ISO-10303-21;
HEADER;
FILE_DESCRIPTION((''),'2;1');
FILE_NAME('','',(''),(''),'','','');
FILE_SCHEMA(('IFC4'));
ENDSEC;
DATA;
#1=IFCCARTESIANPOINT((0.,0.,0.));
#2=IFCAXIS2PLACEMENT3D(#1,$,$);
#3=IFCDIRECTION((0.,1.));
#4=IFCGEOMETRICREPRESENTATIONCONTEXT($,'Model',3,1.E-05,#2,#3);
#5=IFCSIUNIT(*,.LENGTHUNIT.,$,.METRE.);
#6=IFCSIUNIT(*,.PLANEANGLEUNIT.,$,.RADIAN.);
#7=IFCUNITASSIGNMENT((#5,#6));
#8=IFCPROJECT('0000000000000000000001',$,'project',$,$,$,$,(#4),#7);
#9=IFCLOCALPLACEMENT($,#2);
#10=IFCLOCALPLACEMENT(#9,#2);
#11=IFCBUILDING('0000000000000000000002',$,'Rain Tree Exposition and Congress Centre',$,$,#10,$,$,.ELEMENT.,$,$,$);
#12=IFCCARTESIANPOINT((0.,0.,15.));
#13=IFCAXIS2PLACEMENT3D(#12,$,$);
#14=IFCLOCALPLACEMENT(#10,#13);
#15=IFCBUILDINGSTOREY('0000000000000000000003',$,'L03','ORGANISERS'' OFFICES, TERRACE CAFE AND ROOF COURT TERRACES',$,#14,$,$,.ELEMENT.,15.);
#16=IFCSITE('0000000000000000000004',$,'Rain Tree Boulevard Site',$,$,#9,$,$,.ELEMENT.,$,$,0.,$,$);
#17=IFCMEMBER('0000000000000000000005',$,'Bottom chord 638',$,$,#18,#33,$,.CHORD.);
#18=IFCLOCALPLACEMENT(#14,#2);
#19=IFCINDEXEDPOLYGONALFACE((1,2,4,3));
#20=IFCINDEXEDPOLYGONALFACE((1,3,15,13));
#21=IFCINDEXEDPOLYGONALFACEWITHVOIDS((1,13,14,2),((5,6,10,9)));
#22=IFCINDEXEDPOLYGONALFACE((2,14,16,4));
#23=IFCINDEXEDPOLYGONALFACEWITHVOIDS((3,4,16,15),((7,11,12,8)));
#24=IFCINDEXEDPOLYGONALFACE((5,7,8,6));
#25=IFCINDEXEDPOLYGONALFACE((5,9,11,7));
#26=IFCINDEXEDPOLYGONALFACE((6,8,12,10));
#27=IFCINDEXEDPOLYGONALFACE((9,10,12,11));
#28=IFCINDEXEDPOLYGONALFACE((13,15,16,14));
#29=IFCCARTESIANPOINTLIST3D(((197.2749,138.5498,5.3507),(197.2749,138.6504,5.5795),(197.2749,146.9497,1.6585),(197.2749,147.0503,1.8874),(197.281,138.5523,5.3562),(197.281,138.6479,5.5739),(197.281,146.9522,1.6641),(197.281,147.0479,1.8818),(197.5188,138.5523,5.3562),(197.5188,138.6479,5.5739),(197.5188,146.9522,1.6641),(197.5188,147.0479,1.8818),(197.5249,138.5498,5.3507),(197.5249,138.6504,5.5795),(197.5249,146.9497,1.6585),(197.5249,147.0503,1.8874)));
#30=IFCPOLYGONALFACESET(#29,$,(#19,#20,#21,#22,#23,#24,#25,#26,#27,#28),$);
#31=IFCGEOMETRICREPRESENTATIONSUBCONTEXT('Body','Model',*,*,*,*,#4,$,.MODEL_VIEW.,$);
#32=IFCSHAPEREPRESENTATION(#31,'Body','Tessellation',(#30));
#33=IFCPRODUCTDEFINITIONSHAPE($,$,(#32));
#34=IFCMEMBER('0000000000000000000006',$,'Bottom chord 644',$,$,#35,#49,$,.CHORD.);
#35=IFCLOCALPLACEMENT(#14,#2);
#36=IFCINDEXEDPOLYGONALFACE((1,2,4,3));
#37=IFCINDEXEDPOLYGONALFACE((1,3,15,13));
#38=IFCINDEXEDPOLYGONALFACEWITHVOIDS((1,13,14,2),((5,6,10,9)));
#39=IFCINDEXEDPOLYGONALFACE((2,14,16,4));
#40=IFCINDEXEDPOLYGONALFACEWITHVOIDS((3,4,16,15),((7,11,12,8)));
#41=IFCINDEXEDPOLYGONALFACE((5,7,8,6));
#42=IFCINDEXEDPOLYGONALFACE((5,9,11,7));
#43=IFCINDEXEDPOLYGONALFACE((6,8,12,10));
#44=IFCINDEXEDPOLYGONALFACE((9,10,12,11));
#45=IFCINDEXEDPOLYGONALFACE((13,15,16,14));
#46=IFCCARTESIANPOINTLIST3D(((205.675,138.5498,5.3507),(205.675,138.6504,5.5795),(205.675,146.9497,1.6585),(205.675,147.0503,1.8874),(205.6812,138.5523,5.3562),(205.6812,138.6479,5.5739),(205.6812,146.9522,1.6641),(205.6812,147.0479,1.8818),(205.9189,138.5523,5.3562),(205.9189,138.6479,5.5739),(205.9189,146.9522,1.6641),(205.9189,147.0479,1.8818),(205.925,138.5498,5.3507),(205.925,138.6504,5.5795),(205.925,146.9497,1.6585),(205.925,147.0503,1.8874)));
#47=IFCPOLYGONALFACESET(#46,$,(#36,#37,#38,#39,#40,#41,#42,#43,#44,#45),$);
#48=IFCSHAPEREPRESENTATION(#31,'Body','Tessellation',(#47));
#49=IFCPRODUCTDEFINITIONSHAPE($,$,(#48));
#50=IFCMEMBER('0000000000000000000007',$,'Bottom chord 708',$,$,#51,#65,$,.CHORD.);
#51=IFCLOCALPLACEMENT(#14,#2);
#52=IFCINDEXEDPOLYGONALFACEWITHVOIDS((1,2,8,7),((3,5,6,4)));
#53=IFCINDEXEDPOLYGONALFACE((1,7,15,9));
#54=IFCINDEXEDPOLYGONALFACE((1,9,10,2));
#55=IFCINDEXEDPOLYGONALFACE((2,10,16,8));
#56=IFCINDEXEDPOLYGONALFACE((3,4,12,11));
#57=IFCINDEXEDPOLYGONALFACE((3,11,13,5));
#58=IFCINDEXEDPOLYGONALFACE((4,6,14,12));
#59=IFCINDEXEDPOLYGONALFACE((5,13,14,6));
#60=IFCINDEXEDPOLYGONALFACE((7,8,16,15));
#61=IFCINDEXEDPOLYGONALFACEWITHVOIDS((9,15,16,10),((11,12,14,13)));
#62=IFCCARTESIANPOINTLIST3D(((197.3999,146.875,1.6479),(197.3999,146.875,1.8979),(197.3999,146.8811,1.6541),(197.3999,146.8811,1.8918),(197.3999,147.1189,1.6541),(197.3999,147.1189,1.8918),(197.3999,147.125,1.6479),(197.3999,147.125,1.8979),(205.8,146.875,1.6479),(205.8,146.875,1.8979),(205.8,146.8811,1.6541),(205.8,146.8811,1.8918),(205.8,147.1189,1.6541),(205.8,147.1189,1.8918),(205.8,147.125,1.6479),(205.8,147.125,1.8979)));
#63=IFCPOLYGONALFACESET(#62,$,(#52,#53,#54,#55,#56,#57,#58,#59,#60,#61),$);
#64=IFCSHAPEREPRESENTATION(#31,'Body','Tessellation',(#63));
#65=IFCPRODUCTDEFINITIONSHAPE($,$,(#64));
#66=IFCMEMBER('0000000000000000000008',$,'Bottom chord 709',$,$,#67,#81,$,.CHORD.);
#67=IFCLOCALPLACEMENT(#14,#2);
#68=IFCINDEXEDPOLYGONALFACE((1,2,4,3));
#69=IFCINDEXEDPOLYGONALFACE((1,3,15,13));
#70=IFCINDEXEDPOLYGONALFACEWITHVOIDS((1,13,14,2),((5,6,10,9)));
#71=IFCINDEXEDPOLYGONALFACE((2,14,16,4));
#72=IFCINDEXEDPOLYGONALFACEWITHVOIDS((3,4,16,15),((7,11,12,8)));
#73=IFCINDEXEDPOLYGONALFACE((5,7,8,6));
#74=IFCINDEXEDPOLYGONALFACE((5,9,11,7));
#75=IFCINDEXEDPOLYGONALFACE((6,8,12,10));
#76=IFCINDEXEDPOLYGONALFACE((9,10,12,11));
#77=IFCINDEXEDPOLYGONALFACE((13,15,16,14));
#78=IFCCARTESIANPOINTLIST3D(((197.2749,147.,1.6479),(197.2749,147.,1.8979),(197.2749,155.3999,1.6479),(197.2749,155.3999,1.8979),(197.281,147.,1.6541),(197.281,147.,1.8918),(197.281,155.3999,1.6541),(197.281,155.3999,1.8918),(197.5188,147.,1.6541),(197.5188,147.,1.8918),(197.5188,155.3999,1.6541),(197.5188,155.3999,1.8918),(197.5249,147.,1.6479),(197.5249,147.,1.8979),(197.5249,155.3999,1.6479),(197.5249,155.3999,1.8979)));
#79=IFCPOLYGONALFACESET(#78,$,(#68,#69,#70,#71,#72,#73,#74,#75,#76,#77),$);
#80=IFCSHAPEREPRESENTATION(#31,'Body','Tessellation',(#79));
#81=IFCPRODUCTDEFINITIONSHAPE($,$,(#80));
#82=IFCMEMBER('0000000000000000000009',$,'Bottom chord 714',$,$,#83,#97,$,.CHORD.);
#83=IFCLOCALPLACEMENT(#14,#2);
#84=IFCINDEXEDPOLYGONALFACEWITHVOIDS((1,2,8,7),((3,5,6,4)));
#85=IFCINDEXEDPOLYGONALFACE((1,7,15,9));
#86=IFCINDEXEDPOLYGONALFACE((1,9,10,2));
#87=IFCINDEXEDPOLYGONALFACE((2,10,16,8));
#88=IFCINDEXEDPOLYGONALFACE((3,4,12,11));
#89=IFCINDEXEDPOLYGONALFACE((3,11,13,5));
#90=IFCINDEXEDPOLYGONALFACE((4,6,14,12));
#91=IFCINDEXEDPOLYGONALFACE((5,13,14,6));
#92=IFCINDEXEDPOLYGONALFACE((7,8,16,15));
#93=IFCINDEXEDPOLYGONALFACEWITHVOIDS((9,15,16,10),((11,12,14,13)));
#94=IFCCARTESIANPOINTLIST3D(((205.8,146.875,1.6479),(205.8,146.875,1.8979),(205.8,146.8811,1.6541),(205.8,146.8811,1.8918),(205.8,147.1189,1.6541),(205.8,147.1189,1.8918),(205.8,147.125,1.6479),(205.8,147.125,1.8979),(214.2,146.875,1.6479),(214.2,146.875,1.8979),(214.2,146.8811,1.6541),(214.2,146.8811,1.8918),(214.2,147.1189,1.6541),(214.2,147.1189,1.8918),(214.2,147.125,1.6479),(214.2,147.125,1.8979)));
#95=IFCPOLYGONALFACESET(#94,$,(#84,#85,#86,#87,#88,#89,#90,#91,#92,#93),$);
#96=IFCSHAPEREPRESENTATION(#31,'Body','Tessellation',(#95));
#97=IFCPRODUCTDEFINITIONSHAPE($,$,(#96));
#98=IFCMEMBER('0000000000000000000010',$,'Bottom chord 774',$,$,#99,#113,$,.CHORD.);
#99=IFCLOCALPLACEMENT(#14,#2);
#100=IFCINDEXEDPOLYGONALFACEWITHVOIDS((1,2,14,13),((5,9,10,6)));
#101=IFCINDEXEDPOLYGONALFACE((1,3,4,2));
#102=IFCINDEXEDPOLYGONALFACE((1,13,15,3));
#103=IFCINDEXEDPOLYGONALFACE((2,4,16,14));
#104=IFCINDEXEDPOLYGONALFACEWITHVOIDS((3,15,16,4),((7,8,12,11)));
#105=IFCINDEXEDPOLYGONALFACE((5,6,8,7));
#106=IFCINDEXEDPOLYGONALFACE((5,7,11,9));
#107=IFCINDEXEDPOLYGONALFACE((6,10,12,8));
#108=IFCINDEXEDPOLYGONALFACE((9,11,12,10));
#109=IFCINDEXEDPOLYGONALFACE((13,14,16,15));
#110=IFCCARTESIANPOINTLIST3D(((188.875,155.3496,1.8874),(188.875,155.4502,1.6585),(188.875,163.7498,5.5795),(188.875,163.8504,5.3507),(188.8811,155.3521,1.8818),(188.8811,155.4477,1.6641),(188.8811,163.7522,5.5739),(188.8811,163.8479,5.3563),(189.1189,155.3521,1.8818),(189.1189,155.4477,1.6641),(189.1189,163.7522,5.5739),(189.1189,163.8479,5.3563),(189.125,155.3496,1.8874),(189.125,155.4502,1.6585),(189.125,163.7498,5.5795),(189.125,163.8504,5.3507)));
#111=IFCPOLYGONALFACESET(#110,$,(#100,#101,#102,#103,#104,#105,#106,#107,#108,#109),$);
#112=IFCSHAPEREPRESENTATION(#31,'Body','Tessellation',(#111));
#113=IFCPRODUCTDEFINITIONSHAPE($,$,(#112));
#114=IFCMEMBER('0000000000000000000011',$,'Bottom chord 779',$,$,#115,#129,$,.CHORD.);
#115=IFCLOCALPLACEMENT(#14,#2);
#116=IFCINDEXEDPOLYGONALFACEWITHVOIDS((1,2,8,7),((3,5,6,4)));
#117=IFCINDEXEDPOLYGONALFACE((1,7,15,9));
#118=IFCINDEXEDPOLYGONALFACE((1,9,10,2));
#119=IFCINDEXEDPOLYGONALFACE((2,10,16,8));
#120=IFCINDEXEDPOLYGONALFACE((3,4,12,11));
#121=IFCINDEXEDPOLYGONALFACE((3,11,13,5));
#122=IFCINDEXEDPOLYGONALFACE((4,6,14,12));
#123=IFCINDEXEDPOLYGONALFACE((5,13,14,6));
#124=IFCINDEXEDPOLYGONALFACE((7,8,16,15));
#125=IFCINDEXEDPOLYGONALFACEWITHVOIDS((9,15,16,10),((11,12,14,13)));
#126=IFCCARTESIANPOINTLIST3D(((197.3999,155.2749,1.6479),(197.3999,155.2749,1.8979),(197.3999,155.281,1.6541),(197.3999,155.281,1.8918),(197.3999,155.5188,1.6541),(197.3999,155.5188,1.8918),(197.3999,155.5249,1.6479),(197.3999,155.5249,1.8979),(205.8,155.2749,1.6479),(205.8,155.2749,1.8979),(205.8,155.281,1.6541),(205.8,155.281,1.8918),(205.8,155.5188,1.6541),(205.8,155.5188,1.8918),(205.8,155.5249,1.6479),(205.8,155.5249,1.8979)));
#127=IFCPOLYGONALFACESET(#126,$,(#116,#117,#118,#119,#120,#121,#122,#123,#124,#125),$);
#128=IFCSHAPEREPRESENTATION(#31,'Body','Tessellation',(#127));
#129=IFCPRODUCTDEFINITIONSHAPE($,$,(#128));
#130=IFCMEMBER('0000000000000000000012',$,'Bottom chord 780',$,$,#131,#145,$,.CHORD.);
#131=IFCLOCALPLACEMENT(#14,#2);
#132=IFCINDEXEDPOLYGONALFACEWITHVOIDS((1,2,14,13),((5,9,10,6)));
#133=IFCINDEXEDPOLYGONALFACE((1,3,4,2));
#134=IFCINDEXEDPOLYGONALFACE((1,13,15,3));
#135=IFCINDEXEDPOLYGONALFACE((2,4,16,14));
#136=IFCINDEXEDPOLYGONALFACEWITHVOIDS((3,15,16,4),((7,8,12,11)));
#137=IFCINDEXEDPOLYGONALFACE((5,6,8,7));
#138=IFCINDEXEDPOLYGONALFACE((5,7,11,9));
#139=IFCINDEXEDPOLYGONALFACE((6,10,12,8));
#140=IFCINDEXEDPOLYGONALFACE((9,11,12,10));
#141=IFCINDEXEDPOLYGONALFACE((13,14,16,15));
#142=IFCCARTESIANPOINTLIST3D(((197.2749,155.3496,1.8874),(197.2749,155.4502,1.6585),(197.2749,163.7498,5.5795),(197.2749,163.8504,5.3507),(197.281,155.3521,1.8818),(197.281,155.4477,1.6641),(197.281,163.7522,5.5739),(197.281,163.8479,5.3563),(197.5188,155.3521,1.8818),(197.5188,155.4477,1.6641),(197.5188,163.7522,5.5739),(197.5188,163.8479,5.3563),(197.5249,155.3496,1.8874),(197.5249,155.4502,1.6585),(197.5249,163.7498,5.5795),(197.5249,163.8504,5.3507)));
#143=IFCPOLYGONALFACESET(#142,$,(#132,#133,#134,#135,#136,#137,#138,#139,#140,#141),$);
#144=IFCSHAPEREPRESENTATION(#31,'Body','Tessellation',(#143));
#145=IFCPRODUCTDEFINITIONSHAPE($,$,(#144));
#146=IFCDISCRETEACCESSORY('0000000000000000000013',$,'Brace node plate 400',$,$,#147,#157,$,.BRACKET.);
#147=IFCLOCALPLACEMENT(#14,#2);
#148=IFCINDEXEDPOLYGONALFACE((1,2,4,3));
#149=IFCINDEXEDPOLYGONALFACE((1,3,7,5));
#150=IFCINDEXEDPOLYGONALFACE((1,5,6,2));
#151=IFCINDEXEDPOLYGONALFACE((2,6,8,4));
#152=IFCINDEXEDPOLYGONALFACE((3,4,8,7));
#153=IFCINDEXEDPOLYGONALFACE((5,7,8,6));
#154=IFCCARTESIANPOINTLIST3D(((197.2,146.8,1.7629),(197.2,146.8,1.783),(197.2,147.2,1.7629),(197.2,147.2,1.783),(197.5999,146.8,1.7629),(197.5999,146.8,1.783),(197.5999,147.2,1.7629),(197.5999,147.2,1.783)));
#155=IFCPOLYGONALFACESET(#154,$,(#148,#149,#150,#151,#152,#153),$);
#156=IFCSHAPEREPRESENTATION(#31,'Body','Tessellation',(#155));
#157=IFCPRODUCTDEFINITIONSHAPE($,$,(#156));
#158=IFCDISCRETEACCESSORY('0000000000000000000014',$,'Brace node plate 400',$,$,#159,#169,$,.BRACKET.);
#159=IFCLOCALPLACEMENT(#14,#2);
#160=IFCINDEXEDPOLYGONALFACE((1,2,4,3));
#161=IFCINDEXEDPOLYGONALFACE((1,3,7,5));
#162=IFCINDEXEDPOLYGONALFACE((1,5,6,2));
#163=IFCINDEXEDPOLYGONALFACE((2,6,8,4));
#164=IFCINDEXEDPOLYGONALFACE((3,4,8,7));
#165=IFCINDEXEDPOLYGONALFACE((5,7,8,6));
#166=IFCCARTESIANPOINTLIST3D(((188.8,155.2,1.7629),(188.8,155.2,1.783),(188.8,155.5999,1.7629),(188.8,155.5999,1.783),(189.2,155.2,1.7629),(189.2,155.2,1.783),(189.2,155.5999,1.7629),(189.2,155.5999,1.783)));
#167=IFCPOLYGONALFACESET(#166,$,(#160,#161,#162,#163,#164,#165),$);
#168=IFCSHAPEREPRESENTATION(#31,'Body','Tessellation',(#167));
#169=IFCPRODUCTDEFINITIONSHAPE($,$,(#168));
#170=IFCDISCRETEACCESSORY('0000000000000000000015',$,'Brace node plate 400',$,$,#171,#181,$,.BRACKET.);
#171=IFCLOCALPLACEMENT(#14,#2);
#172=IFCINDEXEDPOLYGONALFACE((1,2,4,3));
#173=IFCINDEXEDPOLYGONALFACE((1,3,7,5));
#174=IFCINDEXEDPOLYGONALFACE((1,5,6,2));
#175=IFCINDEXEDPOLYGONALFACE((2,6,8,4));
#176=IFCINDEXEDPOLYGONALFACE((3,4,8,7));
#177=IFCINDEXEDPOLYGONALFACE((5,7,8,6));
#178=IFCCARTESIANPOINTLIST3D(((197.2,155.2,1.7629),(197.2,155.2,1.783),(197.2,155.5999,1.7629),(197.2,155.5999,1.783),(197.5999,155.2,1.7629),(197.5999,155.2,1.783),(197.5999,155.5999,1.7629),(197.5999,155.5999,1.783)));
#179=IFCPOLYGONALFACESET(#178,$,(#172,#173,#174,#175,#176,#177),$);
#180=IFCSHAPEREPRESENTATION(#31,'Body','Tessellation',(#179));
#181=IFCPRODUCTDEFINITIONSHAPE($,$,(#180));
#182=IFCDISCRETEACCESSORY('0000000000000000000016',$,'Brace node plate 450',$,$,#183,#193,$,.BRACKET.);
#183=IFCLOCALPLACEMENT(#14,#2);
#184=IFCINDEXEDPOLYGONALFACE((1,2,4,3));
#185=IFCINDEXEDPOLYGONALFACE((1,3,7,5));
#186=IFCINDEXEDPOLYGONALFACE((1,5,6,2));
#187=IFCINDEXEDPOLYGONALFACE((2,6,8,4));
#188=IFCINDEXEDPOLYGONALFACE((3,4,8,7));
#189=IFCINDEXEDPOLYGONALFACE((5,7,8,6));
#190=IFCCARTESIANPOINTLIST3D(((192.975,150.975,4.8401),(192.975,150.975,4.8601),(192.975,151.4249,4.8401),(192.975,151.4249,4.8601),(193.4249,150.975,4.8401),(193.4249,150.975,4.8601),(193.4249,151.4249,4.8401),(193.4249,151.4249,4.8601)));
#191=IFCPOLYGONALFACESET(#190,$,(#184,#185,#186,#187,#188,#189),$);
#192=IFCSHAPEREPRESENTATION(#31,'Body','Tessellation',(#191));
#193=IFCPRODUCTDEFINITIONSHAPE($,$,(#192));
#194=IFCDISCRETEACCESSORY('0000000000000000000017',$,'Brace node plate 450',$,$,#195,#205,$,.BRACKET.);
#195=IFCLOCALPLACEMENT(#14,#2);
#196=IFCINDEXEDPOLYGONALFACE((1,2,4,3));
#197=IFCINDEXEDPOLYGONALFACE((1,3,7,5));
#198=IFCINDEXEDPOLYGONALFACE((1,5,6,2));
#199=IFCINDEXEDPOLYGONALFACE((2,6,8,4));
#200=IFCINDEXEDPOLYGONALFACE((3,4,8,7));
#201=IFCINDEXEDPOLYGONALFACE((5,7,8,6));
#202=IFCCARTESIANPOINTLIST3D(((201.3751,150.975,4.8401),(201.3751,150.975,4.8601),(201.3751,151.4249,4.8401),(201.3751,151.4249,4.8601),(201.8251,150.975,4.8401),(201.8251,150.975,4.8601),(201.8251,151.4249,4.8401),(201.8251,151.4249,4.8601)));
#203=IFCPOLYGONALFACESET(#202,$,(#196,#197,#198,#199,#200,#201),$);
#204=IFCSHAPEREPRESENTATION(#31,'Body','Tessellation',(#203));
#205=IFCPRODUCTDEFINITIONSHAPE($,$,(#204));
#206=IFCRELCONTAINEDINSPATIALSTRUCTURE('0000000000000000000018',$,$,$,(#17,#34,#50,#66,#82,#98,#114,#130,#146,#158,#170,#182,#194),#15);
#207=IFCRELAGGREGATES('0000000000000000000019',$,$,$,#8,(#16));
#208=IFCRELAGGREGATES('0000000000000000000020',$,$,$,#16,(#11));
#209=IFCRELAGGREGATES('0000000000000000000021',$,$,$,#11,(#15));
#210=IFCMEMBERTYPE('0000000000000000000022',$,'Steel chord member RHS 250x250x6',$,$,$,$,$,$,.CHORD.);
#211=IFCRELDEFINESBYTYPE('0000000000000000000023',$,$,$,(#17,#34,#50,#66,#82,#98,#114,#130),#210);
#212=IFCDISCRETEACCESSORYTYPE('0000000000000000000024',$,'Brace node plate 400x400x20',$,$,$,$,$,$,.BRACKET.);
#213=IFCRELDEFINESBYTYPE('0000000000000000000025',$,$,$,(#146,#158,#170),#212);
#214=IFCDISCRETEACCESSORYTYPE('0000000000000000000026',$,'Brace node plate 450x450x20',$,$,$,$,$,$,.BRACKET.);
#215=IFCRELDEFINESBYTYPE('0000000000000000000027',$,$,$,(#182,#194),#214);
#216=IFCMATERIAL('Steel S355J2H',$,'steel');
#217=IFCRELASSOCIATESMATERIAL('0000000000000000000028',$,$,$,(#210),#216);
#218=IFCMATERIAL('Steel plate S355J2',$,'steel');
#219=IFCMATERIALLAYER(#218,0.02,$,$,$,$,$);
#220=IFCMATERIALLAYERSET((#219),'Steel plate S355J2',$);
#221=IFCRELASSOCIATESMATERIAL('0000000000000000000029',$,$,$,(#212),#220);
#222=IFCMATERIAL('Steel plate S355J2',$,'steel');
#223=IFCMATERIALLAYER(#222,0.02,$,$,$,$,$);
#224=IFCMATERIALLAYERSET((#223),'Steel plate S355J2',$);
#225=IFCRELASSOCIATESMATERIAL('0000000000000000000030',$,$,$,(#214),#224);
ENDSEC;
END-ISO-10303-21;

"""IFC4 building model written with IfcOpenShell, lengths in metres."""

from ifc_helpers import new_model, si_unit, direction, frame, origin, origin_2d, place, context, subcontext, project, spatial, rectangle, hollow_rectangle, extrude, material, layer, layer_set, material_profile, profile_set, type_object, element, save


model = new_model("IFC4")

# Units and contexts
model_context = context("Model", 3, precision=1e-05, world=origin(), true_north=direction((0.0, 1.0)))
body_context = subcontext(model_context, "Body", "Model", "MODEL_VIEW")
ifc_project = project(units=[si_unit("LENGTHUNIT", "METRE"), si_unit("PLANEANGLEUNIT", "RADIAN")], contexts=[model_context])

# Site, building, storey
site_placement = place(None, origin())
site = spatial("IfcSite", under=ifc_project, at=site_placement, Name="Rain Tree Boulevard Site", CompositionType="ELEMENT", RefElevation=0.0)
building_placement = place(site_placement, origin())
building = spatial("IfcBuilding", under=site, at=building_placement, Name="Rain Tree Exposition and Congress Centre", CompositionType="ELEMENT")
storey_placement = place(building_placement, frame((0.0, 0.0, 15.0)))
storey = spatial("IfcBuildingStorey", under=building, at=storey_placement, Name="L03", Description="ORGANISERS' OFFICES, TERRACE CAFE AND ROOF COURT TERRACES", CompositionType="ELEMENT", Elevation=15.0)

# Members
ifc_material_1 = material(Name="Steel S355J2H", Category="steel")
ifc_material_profile_1 = material_profile(ifc_material_1, hollow_rectangle(XDim=0.25, YDim=0.25, WallThickness=0.0061, at=origin_2d()), Name="RHS 250x250x6")
ifc_profile_set_1 = profile_set([ifc_material_profile_1], Name="Steel S355J2H")
member_type_1 = type_object("IfcMemberType", Name="Steel chord member RHS 250x250x6", PredefinedType="CHORD", material=ifc_profile_set_1)
for number, where, z_axis, x_axis, name in (
    (1, (197.3999, 138.6001, 5.4651), (0.0, 0.915468, -0.40239), (-1.0, 0.0, 0.0), "Bottom chord 638"),
    (2, (205.8, 138.6001, 5.4651), (0.0, 0.915468, -0.40239), (-1.0, 0.0, 0.0), "Bottom chord 644"),
):
    element("IfcMember", number, at=place(storey_placement, frame(where, z_axis=z_axis, x_axis=x_axis)), inside=storey, type_object=member_type_1, Name=name, PredefinedType="CHORD", context=body_context, shape_type="SweptSolid", body=[
        extrude(hollow_rectangle(XDim=0.25, YDim=0.25, WallThickness=0.0061, at=origin_2d()), origin(), (0.0, 0.0, 1.0), 9.1755),
    ])
member_1_placement = place(storey_placement, frame((197.3999, 147.0, 1.7729), z_axis=(1.0, 0.0, 0.0), x_axis=(0.0, 1.0, 0.0)))
element("IfcMember", 3, at=member_1_placement, inside=storey, type_object=member_type_1, Name="Bottom chord 708", PredefinedType="CHORD", context=body_context, shape_type="SweptSolid", body=[
    extrude(hollow_rectangle(XDim=0.25, YDim=0.25, WallThickness=0.0061, at=origin_2d()), origin(), (0.0, 0.0, 1.0), 8.4001),
])
for number, where, z_axis, x_axis, name in (
    (4, (197.3999, 147.0, 1.7729), (0.0, 1.0, 0.0), (-1.0, 0.0, 0.0), "Bottom chord 709"),
    (5, (205.8, 147.0, 1.7729), (1.0, 0.0, 0.0), (0.0, 1.0, 0.0), "Bottom chord 714"),
):
    element("IfcMember", number, at=place(storey_placement, frame(where, z_axis=z_axis, x_axis=x_axis)), inside=storey, type_object=member_type_1, Name=name, PredefinedType="CHORD", context=body_context, shape_type="SweptSolid", body=[
        extrude(hollow_rectangle(XDim=0.25, YDim=0.25, WallThickness=0.0061, at=origin_2d()), origin(), (0.0, 0.0, 1.0), 8.3999),
    ])
member_2_placement = place(storey_placement, frame((189.0, 155.3999, 1.7729), z_axis=(0.0, 0.915473, 0.40238), x_axis=(-1.0, 0.0, 0.0)))
element("IfcMember", 6, at=member_2_placement, inside=storey, type_object=member_type_1, Name="Bottom chord 774", PredefinedType="CHORD", context=body_context, shape_type="SweptSolid", body=[
    extrude(hollow_rectangle(XDim=0.25, YDim=0.25, WallThickness=0.0061, at=origin_2d()), origin(), (0.0, 0.0, 1.0), 9.1758),
])
member_3_placement = place(storey_placement, frame((197.3999, 155.3999, 1.7729), z_axis=(1.0, 0.0, 0.0), x_axis=(0.0, 1.0, 0.0)))
element("IfcMember", 7, at=member_3_placement, inside=storey, type_object=member_type_1, Name="Bottom chord 779", PredefinedType="CHORD", context=body_context, shape_type="SweptSolid", body=[
    extrude(hollow_rectangle(XDim=0.25, YDim=0.25, WallThickness=0.0061, at=origin_2d()), origin(), (0.0, 0.0, 1.0), 8.4001),
])
member_4_placement = place(storey_placement, frame((197.3999, 155.3999, 1.7729), z_axis=(0.0, 0.915473, 0.40238), x_axis=(-1.0, 0.0, 0.0)))
element("IfcMember", 8, at=member_4_placement, inside=storey, type_object=member_type_1, Name="Bottom chord 780", PredefinedType="CHORD", context=body_context, shape_type="SweptSolid", body=[
    extrude(hollow_rectangle(XDim=0.25, YDim=0.25, WallThickness=0.0061, at=origin_2d()), origin(), (0.0, 0.0, 1.0), 9.1758),
])

# Discrete accessories
ifc_material_2 = material(Name="Steel plate S355J2", Category="steel")
ifc_layer_1 = layer(ifc_material_2, 0.02)
ifc_layer_set_1 = layer_set([ifc_layer_1], Name="Steel plate S355J2")
discrete_accessory_type_1 = type_object("IfcDiscreteAccessoryType", Name="Brace node plate 400x400x20", PredefinedType="BRACKET", material=ifc_layer_set_1)
for number, where, z_axis, x_axis, name in (
    (9, (197.3999, 147.0, 1.7629), (0.0, 0.0, 1.0), (1.0, 0.0, 0.0), "Brace node plate 400"),
    (10, (189.0, 155.3999, 1.7629), (0.0, 0.0, 1.0), (1.0, 0.0, 0.0), "Brace node plate 400"),
    (11, (197.3999, 155.3999, 1.7629), (0.0, 0.0, 1.0), (1.0, 0.0, 0.0), "Brace node plate 400"),
):
    element("IfcDiscreteAccessory", number, at=place(storey_placement, frame(where, z_axis=z_axis, x_axis=x_axis)), inside=storey, type_object=discrete_accessory_type_1, Name=name, PredefinedType="BRACKET", context=body_context, shape_type="SweptSolid", body=[
        extrude(rectangle(XDim=0.3999, YDim=0.3999, at=origin_2d()), origin(), (0.0, 0.0, 1.0), 0.02),
    ])
ifc_material_3 = material(Name="Steel plate S355J2", Category="steel")
ifc_layer_2 = layer(ifc_material_3, 0.02)
ifc_layer_set_2 = layer_set([ifc_layer_2], Name="Steel plate S355J2")
discrete_accessory_type_2 = type_object("IfcDiscreteAccessoryType", Name="Brace node plate 450x450x20", PredefinedType="BRACKET", material=ifc_layer_set_2)
for number, where, z_axis, x_axis, name in (
    (12, (193.2, 151.2, 4.8401), (0.0, 0.0, 1.0), (1.0, 0.0, 0.0), "Brace node plate 450"),
    (13, (201.6001, 151.2, 4.8401), (0.0, 0.0, 1.0), (1.0, 0.0, 0.0), "Brace node plate 450"),
):
    element("IfcDiscreteAccessory", number, at=place(storey_placement, frame(where, z_axis=z_axis, x_axis=x_axis)), inside=storey, type_object=discrete_accessory_type_2, Name=name, PredefinedType="BRACKET", context=body_context, shape_type="SweptSolid", body=[
        extrude(rectangle(XDim=0.45, YDim=0.45, at=origin_2d()), origin(), (0.0, 0.0, 1.0), 0.02),
    ])

save(model, "model.ifc")
